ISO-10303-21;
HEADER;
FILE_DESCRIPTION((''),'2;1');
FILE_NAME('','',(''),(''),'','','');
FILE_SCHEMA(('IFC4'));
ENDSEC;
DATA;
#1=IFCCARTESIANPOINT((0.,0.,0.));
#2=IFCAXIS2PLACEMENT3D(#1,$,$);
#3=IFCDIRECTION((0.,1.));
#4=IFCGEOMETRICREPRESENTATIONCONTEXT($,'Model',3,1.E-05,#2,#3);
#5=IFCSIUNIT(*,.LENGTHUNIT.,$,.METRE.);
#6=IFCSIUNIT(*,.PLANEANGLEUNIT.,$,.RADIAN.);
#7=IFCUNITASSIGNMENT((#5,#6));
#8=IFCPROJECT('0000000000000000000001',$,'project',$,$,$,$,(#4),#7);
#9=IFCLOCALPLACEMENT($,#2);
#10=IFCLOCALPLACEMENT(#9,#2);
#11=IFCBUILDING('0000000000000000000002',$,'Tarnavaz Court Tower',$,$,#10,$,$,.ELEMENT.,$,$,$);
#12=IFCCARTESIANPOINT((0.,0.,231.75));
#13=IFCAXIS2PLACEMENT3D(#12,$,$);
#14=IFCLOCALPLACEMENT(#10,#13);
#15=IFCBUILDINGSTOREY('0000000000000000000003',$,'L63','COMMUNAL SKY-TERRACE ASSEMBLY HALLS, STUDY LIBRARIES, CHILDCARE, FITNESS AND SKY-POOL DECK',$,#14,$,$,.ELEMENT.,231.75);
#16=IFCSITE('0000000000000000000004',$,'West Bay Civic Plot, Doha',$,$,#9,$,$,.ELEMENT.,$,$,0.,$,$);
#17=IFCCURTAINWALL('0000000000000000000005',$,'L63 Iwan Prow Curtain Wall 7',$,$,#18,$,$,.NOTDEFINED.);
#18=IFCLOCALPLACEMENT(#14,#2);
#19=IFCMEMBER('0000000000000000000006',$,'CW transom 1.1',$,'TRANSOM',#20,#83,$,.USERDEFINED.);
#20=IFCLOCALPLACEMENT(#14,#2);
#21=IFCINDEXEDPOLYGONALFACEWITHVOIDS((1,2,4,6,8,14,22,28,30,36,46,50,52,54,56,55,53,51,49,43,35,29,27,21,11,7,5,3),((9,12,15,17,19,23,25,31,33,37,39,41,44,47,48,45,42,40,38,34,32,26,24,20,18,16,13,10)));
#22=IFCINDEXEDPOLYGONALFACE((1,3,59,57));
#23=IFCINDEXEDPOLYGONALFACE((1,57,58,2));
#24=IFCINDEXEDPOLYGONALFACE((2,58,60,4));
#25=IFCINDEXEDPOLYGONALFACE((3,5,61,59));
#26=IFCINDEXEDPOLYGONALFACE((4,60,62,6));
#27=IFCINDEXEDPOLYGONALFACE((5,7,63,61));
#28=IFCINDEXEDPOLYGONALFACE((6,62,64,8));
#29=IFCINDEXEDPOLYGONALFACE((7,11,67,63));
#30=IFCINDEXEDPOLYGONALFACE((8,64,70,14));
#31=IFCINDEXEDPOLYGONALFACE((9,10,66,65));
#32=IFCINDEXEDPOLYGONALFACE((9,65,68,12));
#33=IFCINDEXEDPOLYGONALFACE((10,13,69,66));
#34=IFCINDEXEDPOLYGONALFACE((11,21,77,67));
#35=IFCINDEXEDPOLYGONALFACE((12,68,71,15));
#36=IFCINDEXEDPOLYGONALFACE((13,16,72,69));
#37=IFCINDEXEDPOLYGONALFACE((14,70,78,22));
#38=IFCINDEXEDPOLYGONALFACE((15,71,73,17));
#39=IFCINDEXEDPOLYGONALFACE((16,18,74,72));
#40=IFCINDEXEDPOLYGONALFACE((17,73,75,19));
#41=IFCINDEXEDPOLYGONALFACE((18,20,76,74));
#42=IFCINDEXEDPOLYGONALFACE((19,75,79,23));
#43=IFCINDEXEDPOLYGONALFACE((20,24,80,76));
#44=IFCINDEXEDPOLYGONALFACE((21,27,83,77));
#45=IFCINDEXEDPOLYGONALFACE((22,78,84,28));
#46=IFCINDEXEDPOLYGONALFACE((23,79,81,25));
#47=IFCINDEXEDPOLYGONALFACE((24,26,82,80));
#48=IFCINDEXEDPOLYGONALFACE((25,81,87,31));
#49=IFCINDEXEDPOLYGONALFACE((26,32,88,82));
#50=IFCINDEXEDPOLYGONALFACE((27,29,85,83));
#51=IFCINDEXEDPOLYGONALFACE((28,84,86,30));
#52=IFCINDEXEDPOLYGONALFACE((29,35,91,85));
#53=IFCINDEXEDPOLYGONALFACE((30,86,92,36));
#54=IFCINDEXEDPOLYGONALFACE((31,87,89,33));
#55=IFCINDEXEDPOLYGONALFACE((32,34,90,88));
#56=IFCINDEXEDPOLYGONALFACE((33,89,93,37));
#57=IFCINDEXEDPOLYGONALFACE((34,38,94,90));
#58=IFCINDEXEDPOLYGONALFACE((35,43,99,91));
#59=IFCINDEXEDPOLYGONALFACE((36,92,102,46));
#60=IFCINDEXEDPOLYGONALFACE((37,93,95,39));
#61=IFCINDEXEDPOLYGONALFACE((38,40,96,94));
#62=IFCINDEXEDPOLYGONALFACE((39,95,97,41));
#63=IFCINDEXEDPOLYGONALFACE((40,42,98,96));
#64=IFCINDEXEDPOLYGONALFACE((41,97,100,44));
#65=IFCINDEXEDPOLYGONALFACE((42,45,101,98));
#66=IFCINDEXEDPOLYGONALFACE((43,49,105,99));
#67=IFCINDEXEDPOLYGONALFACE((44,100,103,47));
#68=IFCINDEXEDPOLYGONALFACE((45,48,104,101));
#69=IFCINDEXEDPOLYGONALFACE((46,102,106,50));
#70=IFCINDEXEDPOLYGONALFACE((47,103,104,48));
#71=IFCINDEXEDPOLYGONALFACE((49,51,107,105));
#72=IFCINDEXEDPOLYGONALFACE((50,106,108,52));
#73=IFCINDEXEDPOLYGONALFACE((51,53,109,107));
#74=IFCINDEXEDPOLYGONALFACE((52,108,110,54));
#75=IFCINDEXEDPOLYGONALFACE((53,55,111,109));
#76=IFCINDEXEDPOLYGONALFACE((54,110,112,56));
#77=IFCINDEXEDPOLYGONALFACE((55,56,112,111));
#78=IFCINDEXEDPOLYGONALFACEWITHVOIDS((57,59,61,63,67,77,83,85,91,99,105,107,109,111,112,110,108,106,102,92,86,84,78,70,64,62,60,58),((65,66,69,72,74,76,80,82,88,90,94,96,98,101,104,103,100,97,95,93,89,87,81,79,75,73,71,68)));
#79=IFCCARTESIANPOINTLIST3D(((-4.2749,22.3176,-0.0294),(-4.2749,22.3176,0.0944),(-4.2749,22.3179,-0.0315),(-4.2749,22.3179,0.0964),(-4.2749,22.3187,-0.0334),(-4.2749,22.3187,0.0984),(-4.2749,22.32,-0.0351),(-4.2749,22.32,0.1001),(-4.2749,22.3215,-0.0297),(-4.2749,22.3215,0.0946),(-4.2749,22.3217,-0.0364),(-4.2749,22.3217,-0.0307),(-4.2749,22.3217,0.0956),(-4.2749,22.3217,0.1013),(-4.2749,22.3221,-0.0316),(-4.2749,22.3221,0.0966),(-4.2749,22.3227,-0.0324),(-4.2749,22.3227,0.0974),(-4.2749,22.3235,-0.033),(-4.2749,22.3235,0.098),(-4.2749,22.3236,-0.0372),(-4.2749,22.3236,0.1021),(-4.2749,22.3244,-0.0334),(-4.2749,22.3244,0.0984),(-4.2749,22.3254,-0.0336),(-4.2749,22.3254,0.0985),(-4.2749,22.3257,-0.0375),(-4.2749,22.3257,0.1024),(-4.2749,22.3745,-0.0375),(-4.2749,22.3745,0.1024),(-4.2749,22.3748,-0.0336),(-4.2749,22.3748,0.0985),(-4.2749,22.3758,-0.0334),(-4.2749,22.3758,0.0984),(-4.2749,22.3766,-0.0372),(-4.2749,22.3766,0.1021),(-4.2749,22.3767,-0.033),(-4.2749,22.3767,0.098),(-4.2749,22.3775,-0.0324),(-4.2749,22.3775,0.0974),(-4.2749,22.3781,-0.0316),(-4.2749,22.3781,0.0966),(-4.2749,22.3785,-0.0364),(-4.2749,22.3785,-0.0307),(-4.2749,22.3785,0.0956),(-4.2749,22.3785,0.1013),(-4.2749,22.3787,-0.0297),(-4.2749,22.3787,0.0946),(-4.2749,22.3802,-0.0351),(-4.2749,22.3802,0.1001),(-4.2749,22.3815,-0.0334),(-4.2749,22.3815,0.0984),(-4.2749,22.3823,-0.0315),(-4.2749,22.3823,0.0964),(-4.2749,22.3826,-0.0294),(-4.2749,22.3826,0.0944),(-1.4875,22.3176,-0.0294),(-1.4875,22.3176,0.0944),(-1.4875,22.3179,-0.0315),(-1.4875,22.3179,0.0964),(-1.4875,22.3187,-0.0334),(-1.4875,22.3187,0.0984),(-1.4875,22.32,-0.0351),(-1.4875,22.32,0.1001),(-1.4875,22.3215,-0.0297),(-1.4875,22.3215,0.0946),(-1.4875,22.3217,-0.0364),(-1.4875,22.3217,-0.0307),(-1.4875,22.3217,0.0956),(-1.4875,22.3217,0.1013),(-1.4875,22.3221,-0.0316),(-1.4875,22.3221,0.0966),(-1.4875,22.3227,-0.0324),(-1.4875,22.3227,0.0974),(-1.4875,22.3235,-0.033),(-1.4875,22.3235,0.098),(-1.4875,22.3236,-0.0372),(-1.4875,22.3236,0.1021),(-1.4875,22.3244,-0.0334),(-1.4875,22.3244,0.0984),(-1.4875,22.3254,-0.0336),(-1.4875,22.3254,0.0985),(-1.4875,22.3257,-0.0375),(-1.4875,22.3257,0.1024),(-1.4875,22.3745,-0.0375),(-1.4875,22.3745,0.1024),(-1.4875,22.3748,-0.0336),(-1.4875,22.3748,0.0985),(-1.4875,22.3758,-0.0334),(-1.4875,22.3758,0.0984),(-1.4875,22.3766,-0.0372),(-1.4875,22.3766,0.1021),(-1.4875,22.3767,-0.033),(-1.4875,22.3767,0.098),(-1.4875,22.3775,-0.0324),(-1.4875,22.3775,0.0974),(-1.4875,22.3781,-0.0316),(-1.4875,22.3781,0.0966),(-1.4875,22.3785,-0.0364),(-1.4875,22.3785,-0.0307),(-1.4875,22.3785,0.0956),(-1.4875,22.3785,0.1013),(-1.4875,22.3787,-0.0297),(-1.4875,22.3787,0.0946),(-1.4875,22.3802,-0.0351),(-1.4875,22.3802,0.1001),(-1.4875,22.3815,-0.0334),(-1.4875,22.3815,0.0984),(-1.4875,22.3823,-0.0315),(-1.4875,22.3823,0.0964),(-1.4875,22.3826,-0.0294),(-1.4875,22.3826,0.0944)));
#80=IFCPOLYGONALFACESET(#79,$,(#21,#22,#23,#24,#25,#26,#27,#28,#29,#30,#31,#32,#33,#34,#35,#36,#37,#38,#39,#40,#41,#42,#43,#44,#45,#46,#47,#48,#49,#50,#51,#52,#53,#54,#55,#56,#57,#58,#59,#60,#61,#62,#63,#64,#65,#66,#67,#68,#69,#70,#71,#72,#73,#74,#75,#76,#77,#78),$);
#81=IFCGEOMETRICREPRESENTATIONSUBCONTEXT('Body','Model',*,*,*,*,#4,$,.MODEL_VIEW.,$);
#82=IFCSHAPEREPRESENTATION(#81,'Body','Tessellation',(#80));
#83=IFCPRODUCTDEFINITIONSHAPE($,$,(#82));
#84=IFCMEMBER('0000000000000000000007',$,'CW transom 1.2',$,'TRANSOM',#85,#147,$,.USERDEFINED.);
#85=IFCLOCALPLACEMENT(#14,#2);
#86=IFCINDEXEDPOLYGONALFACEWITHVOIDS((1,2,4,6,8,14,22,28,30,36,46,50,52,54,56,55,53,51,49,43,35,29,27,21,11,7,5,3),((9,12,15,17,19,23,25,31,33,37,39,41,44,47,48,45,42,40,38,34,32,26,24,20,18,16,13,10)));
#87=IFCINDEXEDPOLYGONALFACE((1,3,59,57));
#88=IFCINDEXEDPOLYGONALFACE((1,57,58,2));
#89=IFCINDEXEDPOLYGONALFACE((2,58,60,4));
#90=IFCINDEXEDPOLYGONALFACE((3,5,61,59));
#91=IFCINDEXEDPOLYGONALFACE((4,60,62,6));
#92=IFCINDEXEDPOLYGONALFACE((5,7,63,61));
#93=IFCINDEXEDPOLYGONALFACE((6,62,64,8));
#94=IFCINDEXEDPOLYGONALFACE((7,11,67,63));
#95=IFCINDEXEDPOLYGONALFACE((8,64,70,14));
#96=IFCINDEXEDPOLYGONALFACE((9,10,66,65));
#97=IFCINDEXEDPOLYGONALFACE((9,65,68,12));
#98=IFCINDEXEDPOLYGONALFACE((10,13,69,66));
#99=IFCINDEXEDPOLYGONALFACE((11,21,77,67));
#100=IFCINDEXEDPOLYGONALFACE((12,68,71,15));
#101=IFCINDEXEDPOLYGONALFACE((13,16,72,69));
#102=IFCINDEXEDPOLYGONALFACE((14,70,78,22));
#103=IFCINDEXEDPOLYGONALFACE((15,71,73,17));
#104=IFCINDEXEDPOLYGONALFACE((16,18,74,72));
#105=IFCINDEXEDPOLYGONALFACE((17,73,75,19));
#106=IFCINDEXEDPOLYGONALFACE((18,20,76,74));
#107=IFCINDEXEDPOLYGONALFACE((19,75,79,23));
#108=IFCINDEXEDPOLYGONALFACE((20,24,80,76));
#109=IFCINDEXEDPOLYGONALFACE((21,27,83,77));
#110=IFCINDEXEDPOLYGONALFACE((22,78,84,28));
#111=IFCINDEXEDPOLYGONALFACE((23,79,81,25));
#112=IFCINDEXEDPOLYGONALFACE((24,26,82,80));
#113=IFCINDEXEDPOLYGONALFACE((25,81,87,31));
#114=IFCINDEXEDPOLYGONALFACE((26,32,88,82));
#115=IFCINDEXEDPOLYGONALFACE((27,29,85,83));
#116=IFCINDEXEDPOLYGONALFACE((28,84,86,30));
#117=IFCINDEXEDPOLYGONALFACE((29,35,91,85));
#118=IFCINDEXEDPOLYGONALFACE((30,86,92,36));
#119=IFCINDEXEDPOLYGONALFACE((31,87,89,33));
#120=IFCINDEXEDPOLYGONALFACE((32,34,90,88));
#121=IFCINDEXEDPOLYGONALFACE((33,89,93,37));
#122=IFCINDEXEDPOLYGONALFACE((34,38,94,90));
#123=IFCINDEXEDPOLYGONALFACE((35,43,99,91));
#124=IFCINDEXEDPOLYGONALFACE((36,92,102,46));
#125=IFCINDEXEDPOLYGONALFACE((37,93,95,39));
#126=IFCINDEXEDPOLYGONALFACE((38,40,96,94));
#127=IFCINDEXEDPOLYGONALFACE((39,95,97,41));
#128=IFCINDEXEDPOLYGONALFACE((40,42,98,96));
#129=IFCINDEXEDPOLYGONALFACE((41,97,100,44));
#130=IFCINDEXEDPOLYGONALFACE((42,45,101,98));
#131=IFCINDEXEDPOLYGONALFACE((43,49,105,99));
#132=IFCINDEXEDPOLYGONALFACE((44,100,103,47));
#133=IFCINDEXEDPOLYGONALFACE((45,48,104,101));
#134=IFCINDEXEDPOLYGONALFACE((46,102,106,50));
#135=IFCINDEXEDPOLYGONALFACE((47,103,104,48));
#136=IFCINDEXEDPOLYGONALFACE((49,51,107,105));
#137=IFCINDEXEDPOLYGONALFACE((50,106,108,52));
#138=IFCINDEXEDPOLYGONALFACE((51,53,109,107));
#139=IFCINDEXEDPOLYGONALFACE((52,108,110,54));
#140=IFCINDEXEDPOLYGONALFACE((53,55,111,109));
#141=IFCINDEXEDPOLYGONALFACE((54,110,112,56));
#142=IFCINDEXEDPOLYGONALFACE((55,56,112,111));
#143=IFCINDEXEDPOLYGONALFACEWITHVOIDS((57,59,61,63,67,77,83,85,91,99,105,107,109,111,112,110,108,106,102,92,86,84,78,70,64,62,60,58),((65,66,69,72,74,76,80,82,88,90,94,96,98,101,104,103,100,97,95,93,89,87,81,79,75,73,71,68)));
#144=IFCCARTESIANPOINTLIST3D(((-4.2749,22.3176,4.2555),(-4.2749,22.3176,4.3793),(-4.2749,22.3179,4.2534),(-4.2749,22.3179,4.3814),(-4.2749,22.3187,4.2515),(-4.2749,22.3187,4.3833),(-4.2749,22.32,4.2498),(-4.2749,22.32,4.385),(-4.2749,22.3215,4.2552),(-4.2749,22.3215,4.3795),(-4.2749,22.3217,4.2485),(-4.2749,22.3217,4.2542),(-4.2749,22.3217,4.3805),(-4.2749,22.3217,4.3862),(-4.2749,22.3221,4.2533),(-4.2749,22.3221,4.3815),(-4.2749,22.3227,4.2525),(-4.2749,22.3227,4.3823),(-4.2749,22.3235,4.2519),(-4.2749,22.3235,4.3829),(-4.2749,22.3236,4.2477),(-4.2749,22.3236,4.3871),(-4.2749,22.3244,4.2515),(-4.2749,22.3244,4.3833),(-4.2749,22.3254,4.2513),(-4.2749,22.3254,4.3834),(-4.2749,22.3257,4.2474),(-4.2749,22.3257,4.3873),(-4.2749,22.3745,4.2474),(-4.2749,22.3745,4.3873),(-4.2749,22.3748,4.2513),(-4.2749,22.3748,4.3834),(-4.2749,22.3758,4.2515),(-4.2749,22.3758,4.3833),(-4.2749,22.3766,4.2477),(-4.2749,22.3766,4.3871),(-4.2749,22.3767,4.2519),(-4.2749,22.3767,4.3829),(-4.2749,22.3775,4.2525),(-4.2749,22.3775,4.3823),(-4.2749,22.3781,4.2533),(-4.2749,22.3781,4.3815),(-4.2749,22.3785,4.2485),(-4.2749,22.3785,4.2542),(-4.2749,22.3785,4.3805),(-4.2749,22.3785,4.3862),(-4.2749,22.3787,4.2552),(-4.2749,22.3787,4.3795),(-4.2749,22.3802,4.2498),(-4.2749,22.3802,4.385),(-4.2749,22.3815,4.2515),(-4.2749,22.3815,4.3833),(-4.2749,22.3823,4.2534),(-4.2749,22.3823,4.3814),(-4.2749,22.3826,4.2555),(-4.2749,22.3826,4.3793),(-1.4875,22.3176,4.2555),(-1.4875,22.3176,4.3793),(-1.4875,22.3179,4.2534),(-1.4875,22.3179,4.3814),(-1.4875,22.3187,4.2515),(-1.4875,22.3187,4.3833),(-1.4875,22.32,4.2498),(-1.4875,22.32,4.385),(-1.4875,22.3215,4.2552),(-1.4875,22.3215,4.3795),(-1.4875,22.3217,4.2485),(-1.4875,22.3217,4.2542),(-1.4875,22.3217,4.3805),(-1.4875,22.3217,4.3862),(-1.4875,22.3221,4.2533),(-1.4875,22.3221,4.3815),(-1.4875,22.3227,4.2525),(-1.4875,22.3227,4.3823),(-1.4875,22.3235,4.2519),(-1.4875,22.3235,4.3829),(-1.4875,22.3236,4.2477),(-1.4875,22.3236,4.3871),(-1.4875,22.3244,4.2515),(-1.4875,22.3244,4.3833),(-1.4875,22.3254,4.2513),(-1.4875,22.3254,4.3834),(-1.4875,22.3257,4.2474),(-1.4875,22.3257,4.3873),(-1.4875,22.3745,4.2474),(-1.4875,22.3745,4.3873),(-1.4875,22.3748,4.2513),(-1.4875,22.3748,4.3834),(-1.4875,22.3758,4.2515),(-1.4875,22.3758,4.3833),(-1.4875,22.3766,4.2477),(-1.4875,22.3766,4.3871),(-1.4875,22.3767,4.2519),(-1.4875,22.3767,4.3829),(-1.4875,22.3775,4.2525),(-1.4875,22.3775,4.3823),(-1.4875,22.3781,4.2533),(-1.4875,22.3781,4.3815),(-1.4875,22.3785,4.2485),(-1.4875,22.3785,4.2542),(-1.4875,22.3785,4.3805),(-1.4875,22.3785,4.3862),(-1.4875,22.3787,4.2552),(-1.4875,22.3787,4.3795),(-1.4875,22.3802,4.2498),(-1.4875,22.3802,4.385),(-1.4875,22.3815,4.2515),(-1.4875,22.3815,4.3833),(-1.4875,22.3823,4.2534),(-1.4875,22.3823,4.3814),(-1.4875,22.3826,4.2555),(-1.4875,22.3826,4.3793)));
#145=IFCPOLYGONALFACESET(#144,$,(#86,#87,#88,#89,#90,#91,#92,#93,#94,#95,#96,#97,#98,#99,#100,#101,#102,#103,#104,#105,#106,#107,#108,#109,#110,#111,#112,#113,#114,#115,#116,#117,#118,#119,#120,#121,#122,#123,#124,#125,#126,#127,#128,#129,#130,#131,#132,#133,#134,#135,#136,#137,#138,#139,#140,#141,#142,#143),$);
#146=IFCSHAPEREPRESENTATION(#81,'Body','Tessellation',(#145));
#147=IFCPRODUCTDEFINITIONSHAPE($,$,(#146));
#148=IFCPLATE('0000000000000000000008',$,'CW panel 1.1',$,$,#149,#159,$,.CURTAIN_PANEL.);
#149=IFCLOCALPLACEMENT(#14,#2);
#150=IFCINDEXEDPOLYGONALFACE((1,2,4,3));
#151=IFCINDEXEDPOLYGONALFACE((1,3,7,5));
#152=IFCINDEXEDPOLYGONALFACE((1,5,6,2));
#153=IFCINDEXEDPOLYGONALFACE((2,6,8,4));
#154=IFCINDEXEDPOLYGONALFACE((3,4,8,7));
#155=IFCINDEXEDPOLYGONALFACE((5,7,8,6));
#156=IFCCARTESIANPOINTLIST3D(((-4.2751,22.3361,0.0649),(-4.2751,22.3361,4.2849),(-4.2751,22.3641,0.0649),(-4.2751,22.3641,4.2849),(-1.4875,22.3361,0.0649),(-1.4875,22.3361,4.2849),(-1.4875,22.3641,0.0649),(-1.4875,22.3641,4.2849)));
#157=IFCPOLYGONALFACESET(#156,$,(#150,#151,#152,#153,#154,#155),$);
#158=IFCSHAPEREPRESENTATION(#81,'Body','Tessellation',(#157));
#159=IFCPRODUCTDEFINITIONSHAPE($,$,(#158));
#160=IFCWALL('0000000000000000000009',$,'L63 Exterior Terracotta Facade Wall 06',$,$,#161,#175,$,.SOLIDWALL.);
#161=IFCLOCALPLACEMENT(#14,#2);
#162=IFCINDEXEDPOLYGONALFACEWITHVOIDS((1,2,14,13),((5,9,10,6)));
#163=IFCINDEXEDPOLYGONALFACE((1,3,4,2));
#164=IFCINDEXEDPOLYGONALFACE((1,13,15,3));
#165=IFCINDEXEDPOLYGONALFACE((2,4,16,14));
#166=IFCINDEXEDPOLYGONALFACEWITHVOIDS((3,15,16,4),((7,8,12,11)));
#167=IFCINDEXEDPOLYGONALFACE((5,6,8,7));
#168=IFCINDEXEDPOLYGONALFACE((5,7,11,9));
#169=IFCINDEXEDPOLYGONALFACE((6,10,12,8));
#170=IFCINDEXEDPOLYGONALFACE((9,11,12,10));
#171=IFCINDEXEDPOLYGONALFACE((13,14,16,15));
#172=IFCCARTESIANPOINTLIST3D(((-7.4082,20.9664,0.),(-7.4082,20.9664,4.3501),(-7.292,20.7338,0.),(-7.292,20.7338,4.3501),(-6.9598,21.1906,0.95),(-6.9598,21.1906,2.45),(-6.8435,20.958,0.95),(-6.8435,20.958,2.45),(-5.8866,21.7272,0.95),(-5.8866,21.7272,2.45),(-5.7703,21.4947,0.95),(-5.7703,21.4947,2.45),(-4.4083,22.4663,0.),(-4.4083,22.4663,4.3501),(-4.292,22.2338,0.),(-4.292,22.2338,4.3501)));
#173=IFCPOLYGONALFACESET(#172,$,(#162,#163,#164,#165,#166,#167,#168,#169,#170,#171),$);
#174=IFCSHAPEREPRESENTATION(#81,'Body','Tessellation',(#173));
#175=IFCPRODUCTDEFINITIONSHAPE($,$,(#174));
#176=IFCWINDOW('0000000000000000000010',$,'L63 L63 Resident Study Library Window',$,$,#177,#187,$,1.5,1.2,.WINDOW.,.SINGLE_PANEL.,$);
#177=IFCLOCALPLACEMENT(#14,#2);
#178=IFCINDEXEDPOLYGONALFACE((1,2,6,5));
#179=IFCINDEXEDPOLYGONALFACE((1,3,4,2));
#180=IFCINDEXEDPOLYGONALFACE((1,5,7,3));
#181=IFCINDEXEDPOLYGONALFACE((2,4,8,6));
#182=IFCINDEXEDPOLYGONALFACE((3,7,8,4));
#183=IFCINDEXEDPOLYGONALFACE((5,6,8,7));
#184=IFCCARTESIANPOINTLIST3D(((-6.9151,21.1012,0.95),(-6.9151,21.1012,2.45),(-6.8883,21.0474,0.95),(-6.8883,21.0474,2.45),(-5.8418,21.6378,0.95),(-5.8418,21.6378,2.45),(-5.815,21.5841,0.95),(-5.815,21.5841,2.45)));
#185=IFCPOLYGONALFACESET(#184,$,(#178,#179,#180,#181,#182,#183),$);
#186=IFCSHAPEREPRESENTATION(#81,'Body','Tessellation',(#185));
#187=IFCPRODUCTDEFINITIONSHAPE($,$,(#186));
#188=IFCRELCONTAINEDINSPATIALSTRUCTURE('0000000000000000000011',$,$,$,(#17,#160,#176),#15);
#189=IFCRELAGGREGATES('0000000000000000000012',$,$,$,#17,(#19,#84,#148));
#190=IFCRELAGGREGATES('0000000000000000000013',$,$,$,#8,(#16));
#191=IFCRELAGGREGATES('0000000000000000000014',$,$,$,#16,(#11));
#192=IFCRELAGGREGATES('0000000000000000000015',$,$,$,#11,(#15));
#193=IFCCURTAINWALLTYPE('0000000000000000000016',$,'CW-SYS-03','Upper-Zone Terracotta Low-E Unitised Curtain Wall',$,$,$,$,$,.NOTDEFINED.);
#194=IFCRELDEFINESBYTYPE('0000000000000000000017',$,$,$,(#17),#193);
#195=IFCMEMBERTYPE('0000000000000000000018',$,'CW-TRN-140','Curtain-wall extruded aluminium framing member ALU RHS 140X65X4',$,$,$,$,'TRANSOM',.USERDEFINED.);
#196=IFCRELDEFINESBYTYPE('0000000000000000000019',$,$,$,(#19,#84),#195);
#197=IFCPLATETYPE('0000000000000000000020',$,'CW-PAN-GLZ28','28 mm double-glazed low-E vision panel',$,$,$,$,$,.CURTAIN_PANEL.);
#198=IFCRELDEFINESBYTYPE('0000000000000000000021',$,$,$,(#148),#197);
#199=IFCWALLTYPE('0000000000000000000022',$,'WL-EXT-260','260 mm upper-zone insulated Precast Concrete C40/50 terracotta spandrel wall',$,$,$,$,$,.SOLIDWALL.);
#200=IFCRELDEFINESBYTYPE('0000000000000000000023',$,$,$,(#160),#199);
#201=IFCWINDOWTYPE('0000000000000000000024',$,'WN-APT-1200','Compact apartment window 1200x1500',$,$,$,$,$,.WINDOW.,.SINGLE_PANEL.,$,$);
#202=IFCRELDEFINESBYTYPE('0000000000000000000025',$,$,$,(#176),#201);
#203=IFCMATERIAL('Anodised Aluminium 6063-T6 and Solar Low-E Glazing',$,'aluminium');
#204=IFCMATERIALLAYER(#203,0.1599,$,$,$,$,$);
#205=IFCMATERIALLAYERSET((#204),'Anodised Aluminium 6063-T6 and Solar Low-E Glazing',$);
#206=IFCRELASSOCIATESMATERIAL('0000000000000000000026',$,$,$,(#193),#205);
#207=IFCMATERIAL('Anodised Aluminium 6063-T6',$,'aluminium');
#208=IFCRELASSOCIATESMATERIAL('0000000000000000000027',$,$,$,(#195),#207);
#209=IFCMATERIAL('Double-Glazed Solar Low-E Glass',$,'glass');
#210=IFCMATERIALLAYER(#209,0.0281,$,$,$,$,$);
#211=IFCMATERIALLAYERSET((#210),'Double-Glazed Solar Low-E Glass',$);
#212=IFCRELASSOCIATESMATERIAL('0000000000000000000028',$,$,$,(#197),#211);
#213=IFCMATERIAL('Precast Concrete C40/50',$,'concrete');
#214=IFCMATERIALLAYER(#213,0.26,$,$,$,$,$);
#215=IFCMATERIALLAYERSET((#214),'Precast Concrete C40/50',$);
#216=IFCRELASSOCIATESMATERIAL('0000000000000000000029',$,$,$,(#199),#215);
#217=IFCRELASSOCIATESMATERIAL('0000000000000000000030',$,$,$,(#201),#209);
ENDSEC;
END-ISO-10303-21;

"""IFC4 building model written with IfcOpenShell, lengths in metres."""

from ifc_helpers import new_model, si_unit, direction, frame, frame_2d, origin, origin_2d, place, context, subcontext, project, spatial, rectangle, hollow_rectangle, extrude, material, layer, layer_set, material_profile, profile_set, type_object, element, fill, aggregate, save


model = new_model("IFC4")

# Units and contexts
model_context = context("Model", 3, precision=1e-05, world=origin(), true_north=direction((0.0, 1.0)))
body_context = subcontext(model_context, "Body", "Model", "MODEL_VIEW")
ifc_project = project(units=[si_unit("LENGTHUNIT", "METRE"), si_unit("PLANEANGLEUNIT", "RADIAN")], contexts=[model_context])

# Site, building, storey
site_placement = place(None, origin())
site = spatial("IfcSite", under=ifc_project, at=site_placement, Name="West Bay Civic Plot, Doha", CompositionType="ELEMENT", RefElevation=0.0)
building_placement = place(site_placement, origin())
building = spatial("IfcBuilding", under=site, at=building_placement, Name="Tarnavaz Court Tower", CompositionType="ELEMENT")
storey_placement = place(building_placement, frame((0.0, 0.0, 231.75)))
storey = spatial("IfcBuildingStorey", under=building, at=storey_placement, Name="L63", Description="COMMUNAL SKY-TERRACE ASSEMBLY HALLS, STUDY LIBRARIES, CHILDCARE, FITNESS AND SKY-POOL DECK", CompositionType="ELEMENT", Elevation=231.75)

# Curtain wall, members, plate
ifc_material_1 = material(Name="Anodised Aluminium 6063-T6 and Solar Low-E Glazing", Category="aluminium")
ifc_layer_1 = layer(ifc_material_1, 0.1599)
ifc_layer_set_1 = layer_set([ifc_layer_1], Name="Anodised Aluminium 6063-T6 and Solar Low-E Glazing")
curtain_wall_type = type_object("IfcCurtainWallType", Name="CW-SYS-03", Description="Upper-Zone Terracotta Low-E Unitised Curtain Wall", PredefinedType="NOTDEFINED", material=ifc_layer_set_1)
curtain_wall_placement = place(storey_placement, origin())
curtain_wall = element("IfcCurtainWall", 1, at=curtain_wall_placement, inside=storey, type_object=curtain_wall_type, Name="L63 Iwan Prow Curtain Wall 7", PredefinedType="NOTDEFINED")
ifc_material_2 = material(Name="Anodised Aluminium 6063-T6", Category="aluminium")
ifc_material_profile_1 = material_profile(ifc_material_2, hollow_rectangle(XDim=0.0649, YDim=0.1399, WallThickness=0.0039, InnerFilletRadius=0.0039, OuterFilletRadius=0.0081, at=origin_2d()), Name="ALU RHS 140X65X4")
ifc_profile_set_1 = profile_set([ifc_material_profile_1], Name="Anodised Aluminium 6063-T6")
member_type_1 = type_object("IfcMemberType", Name="CW-TRN-140", Description="Curtain-wall extruded aluminium framing member ALU RHS 140X65X4", ElementType="TRANSOM", PredefinedType="USERDEFINED", material=ifc_profile_set_1)
member_1_placement = place(storey_placement, frame((-4.2749, 22.3501, 0.0325), z_axis=(1.0, 0.0, 0.0), x_axis=(0.0, 1.0, 0.0)))
member_1 = element("IfcMember", 2, at=member_1_placement, type_object=member_type_1, Name="CW transom 1.1", ObjectType="TRANSOM", PredefinedType="USERDEFINED", context=body_context, shape_type="SweptSolid", body=[
    extrude(hollow_rectangle(XDim=0.0649, YDim=0.1399, WallThickness=0.0039, InnerFilletRadius=0.0039, OuterFilletRadius=0.0081, at=origin_2d()), origin(), (0.0, 0.0, 1.0), 2.7874),
])
member_2_placement = place(storey_placement, frame((-4.2749, 22.3501, 4.3174), z_axis=(1.0, 0.0, 0.0), x_axis=(0.0, 1.0, 0.0)))
member_2 = element("IfcMember", 3, at=member_2_placement, type_object=member_type_1, Name="CW transom 1.2", ObjectType="TRANSOM", PredefinedType="USERDEFINED", context=body_context, shape_type="SweptSolid", body=[
    extrude(hollow_rectangle(XDim=0.0649, YDim=0.1399, WallThickness=0.0039, InnerFilletRadius=0.0039, OuterFilletRadius=0.0081, at=origin_2d()), origin(), (0.0, 0.0, 1.0), 2.7874),
])
ifc_material_3 = material(Name="Double-Glazed Solar Low-E Glass", Category="glass")
ifc_layer_2 = layer(ifc_material_3, 0.0281)
ifc_layer_set_2 = layer_set([ifc_layer_2], Name="Double-Glazed Solar Low-E Glass")
plate_type = type_object("IfcPlateType", Name="CW-PAN-GLZ28", Description="28 mm double-glazed low-E vision panel", PredefinedType="CURTAIN_PANEL", material=ifc_layer_set_2)
plate_placement = place(storey_placement, frame((-2.8813, 22.3501, 0.0649), z_axis=(0.0, 0.0, 1.0), x_axis=(1.0, 0.0, 0.0)))
plate = element("IfcPlate", 4, at=plate_placement, type_object=plate_type, Name="CW panel 1.1", PredefinedType="CURTAIN_PANEL", context=body_context, shape_type="SweptSolid", body=[
    extrude(rectangle(XDim=2.7876, YDim=0.0281, at=origin_2d()), origin(), (0.0, 0.0, 1.0), 4.22),
])
aggregate(curtain_wall, [member_1, member_2, plate])

# Wall, opening, window
ifc_material_4 = material(Name="Precast Concrete C40/50", Category="concrete")
ifc_layer_3 = layer(ifc_material_4, 0.26)
ifc_layer_set_3 = layer_set([ifc_layer_3], Name="Precast Concrete C40/50")
wall_type_1 = type_object("IfcWallType", Name="WL-EXT-260", Description="260 mm upper-zone insulated Precast Concrete C40/50 terracotta spandrel wall", PredefinedType="SOLIDWALL", material=ifc_layer_set_3)
wall_1_placement = place(storey_placement, frame((-7.3501, 20.8501, 0.0), z_axis=(0.0, 0.0, 1.0), x_axis=(0.894427, 0.447214, 0.0)))
wall_1 = element("IfcWall", 5, at=wall_1_placement, inside=storey, type_object=wall_type_1, Name="L63 Exterior Terracotta Facade Wall 06", PredefinedType="SOLIDWALL", context=body_context, shape_type="SweptSolid", body=[
    extrude(rectangle(XDim=3.354, YDim=0.26, at=frame_2d((1.677, 0.0))), origin(), (0.0, 0.0, 1.0), 4.3501),
])
opening_placement = place(wall_1_placement, frame((0.5012, 0.0, 0.95)))
opening = element("IfcOpeningElement", 6, at=opening_placement, cuts=wall_1, PredefinedType="OPENING", context=body_context, shape_type="SweptSolid", body=[
    extrude(rectangle(XDim=1.2, YDim=1.5, at=frame_2d((0.6001, 0.75))), frame((0.0, 0.1399, 0.0), z_axis=(0.0, -1.0, 0.0), x_axis=(1.0, 0.0, 0.0)), (0.0, 0.0, 1.0), 0.28),
])
window_type = type_object("IfcWindowType", Name="WN-APT-1200", Description="Compact apartment window 1200x1500", PartitioningType="SINGLE_PANEL", PredefinedType="WINDOW", material=ifc_material_3)
window_placement = place(opening_placement, origin())
window = element("IfcWindow", 7, at=window_placement, inside=storey, type_object=window_type, Name="L63 L63 Resident Study Library Window", OverallHeight=1.5, OverallWidth=1.2, PartitioningType="SINGLE_PANEL", PredefinedType="WINDOW", context=body_context, shape_type="SweptSolid", body=[
    extrude(rectangle(XDim=1.2, YDim=1.5, at=frame_2d((0.6001, 0.75))), frame((0.0, 0.03, 0.0), z_axis=(0.0, -1.0, 0.0), x_axis=(1.0, 0.0, 0.0)), (0.0, 0.0, 1.0), 0.0601),
])
fill(opening, window)

save(model, "model.ifc")
